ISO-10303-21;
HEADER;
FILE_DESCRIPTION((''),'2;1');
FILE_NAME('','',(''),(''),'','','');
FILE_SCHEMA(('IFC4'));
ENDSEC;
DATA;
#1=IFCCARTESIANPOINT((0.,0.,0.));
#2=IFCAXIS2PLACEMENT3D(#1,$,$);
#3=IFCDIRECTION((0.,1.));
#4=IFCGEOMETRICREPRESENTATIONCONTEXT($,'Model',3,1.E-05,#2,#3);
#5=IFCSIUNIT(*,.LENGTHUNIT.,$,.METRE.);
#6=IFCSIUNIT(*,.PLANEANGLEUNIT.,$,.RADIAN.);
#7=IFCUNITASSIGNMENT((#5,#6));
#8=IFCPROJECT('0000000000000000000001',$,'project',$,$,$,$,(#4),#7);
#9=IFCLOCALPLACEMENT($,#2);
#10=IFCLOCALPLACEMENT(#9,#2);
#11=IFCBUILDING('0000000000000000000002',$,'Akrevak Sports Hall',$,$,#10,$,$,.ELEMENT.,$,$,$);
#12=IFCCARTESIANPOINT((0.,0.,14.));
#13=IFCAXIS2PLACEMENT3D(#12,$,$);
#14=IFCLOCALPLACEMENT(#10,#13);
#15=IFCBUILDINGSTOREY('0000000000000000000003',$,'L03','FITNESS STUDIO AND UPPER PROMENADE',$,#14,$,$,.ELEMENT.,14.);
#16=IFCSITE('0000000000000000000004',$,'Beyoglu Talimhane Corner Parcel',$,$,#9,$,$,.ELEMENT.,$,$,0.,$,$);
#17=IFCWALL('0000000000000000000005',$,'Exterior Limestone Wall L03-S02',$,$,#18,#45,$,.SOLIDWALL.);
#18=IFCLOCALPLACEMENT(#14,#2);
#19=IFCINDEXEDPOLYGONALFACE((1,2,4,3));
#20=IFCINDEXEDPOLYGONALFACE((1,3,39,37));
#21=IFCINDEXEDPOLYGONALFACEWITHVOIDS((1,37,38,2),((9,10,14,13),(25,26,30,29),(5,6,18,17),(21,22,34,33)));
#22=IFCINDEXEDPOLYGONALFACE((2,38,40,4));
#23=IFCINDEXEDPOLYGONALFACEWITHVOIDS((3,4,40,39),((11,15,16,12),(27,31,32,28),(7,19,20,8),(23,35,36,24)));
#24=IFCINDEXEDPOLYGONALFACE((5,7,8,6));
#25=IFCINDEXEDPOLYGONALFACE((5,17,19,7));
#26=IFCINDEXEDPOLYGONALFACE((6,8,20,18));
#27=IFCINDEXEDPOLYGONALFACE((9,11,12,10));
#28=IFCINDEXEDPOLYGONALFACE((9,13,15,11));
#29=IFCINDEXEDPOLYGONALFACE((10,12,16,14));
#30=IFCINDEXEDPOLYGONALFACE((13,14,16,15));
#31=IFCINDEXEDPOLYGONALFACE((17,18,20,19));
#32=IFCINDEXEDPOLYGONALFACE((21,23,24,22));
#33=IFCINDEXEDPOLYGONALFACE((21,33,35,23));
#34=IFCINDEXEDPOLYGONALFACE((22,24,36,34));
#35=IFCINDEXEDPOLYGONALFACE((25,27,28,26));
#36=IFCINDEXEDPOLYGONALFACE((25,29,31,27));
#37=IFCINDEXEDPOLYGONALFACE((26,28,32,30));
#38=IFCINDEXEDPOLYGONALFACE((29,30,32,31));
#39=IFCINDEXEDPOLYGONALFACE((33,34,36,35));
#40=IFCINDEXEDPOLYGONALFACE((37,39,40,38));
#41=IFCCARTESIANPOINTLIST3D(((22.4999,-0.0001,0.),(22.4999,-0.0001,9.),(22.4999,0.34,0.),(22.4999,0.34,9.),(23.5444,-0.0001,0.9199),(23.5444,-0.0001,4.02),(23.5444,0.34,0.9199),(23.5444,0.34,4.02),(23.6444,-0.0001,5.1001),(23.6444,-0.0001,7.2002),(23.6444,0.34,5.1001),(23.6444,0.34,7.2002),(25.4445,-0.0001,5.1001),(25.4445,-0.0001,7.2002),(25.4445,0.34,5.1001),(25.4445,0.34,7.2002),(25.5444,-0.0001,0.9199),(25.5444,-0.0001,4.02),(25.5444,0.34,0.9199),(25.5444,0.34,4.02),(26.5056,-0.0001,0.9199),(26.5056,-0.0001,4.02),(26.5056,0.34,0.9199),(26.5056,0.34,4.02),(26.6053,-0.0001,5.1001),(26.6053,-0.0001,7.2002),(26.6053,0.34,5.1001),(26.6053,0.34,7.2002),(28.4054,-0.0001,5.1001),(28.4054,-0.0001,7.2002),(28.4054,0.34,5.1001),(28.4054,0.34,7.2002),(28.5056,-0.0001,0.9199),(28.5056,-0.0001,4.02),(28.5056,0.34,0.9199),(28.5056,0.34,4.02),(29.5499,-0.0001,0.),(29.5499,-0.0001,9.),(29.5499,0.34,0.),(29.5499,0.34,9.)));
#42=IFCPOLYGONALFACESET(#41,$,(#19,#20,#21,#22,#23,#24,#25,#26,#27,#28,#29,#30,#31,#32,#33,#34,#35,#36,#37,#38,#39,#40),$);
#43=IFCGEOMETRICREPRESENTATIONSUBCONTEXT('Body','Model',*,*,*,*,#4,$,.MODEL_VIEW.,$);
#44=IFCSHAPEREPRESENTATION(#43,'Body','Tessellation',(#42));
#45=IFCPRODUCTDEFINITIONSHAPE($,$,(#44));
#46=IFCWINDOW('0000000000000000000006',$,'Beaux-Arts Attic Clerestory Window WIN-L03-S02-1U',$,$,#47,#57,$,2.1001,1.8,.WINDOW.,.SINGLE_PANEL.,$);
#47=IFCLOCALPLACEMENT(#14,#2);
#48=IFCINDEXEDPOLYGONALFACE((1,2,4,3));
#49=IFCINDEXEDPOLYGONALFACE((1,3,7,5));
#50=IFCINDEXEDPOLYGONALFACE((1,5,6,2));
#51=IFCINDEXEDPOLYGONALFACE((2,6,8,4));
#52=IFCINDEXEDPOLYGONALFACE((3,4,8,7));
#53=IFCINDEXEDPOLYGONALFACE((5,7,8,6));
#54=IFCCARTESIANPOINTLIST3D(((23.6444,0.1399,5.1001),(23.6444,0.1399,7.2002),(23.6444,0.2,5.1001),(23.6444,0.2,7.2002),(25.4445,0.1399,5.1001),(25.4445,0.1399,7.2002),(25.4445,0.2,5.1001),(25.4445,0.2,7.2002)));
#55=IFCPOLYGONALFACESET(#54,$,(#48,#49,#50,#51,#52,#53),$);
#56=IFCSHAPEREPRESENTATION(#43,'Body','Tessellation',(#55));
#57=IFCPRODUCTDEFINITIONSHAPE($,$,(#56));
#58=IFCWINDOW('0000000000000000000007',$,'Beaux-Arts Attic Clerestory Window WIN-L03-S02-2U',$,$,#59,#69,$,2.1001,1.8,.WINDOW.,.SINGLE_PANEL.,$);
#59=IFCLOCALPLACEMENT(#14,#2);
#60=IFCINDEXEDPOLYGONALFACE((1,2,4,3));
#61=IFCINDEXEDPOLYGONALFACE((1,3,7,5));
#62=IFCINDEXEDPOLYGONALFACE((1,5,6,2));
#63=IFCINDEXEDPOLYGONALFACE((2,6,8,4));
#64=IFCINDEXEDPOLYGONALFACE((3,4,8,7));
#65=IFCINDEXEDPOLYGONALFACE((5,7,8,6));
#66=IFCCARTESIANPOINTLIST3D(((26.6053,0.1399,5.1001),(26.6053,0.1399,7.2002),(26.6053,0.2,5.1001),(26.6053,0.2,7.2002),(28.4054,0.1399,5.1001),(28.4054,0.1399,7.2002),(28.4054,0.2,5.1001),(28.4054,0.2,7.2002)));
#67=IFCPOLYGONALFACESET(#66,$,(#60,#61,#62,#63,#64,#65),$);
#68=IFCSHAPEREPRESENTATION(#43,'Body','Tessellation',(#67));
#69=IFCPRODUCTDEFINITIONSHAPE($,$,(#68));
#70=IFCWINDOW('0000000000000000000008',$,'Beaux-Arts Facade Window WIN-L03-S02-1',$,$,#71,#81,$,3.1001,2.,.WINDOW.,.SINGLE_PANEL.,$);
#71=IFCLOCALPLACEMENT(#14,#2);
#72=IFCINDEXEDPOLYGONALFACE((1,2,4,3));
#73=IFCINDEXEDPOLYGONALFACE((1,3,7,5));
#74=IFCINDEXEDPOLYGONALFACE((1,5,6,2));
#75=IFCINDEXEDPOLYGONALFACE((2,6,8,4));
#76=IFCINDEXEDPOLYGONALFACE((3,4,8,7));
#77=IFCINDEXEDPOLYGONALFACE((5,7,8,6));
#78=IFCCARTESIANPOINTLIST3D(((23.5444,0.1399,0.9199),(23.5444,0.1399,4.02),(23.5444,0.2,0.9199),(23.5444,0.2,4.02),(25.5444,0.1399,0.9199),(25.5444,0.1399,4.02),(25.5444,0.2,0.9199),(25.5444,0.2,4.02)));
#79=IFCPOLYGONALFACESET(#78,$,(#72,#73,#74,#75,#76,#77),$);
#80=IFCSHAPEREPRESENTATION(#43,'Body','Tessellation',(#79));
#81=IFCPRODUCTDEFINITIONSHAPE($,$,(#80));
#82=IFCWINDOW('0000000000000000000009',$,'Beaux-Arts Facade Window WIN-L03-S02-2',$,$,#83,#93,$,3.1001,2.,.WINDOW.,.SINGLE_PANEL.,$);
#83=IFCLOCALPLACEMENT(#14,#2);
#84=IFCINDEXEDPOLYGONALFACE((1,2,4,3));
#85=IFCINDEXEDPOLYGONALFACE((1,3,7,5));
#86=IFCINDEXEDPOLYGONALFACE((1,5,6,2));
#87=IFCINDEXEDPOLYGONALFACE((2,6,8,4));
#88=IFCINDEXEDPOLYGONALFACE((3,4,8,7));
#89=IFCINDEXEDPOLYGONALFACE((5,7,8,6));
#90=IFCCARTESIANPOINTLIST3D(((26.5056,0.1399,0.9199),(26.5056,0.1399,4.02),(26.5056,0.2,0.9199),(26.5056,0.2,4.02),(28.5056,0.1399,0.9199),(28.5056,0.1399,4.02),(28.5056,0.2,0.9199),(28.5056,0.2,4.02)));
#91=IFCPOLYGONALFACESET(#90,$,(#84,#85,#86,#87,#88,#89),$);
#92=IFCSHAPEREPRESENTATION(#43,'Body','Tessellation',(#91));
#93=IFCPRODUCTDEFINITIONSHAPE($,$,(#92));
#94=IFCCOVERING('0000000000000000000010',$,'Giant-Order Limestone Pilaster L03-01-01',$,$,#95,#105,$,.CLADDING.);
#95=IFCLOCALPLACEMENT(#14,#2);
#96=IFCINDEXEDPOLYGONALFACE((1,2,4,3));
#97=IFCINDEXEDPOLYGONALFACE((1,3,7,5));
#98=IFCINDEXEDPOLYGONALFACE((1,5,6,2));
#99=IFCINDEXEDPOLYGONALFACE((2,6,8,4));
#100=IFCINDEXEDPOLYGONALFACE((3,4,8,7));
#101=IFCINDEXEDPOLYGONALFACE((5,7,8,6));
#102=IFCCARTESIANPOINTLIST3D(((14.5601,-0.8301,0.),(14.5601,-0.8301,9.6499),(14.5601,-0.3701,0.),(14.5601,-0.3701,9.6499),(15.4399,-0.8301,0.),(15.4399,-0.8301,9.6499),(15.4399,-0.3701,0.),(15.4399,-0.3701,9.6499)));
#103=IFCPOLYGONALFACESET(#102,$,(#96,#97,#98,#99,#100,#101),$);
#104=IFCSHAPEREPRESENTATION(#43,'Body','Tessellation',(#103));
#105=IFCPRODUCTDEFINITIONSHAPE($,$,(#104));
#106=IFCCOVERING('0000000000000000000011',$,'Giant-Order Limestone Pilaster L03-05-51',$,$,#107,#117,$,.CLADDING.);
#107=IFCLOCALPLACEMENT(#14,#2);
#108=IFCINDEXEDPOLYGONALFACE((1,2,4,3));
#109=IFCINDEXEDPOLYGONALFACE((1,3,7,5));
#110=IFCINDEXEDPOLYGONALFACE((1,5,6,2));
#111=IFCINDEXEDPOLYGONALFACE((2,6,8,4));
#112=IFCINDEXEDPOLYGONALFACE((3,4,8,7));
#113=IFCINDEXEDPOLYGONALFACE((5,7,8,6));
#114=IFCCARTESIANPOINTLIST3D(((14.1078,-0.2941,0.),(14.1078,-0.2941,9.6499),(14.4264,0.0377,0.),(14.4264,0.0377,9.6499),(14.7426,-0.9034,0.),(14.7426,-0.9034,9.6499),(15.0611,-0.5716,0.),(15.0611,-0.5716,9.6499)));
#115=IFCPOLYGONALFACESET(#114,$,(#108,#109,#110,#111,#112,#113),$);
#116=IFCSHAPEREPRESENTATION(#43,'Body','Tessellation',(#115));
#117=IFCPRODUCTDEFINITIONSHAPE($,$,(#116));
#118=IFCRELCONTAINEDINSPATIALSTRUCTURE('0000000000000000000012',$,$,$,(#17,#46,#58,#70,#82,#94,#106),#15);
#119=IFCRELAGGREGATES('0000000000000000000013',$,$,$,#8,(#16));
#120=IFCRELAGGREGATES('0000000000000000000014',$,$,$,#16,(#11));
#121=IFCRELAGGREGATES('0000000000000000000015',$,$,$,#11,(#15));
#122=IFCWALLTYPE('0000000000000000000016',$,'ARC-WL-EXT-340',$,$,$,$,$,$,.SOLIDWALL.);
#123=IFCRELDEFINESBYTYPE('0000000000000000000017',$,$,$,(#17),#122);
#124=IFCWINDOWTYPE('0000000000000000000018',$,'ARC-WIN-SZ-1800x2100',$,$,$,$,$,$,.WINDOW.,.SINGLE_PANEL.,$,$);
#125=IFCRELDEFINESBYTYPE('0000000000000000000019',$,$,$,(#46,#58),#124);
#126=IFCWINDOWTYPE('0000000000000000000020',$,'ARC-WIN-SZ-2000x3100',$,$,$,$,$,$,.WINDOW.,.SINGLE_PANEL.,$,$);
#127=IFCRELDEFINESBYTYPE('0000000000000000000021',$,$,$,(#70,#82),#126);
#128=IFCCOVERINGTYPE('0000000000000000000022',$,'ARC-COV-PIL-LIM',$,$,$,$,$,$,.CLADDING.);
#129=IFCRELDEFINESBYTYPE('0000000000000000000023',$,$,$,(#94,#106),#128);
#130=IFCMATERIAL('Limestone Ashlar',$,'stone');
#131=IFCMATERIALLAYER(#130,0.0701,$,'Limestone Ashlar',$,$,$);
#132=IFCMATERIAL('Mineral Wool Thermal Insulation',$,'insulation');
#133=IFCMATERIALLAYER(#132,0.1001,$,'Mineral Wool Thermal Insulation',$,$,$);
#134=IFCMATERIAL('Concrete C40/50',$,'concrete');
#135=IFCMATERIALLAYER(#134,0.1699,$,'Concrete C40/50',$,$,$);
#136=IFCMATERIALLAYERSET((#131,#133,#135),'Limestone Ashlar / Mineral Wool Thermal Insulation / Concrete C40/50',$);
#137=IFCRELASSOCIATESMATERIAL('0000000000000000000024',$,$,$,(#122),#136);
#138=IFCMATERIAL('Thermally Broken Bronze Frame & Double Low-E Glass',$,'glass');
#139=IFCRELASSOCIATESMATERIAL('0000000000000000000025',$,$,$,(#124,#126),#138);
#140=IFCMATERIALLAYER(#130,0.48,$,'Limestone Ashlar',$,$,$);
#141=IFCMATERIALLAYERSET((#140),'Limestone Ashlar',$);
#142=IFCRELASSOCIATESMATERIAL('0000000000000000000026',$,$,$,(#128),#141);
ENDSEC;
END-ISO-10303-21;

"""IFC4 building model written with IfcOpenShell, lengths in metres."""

from ifc_helpers import new_model, si_unit, direction, frame, frame_2d, origin, origin_2d, place, context, subcontext, project, spatial, rectangle, extrude, material, layer, layer_set, type_object, element, fill, save


model = new_model("IFC4")

# Units and contexts
model_context = context("Model", 3, precision=1e-05, world=origin(), true_north=direction((0.0, 1.0)))
body_context = subcontext(model_context, "Body", "Model", "MODEL_VIEW")
ifc_project = project(units=[si_unit("LENGTHUNIT", "METRE"), si_unit("PLANEANGLEUNIT", "RADIAN")], contexts=[model_context])

# Site, building, storey
site_placement = place(None, origin())
site = spatial("IfcSite", under=ifc_project, at=site_placement, Name="Beyoglu Talimhane Corner Parcel", CompositionType="ELEMENT", RefElevation=0.0)
building_placement = place(site_placement, origin())
building = spatial("IfcBuilding", under=site, at=building_placement, Name="Akrevak Sports Hall", CompositionType="ELEMENT")
storey_placement = place(building_placement, frame((0.0, 0.0, 14.0)))
storey = spatial("IfcBuildingStorey", under=building, at=storey_placement, Name="L03", Description="FITNESS STUDIO AND UPPER PROMENADE", CompositionType="ELEMENT", Elevation=14.0)

# Shared definitions
ifc_material_1 = material(Name="Concrete C40/50", Category="concrete")

# Wall, openings, windows
ifc_material_2 = material(Name="Limestone Ashlar", Category="stone")
ifc_layer_1 = layer(ifc_material_2, 0.0701, Name="Limestone Ashlar")
ifc_material_3 = material(Name="Mineral Wool Thermal Insulation", Category="insulation")
ifc_layer_2 = layer(ifc_material_3, 0.1001, Name="Mineral Wool Thermal Insulation")
ifc_layer_3 = layer(ifc_material_1, 0.1699, Name="Concrete C40/50")
ifc_layer_set_1 = layer_set([ifc_layer_1, ifc_layer_2, ifc_layer_3], Name="Limestone Ashlar / Mineral Wool Thermal Insulation / Concrete C40/50")
wall_type = type_object("IfcWallType", Name="ARC-WL-EXT-340", PredefinedType="SOLIDWALL", material=ifc_layer_set_1)
ifc_material_4 = material(Name="Thermally Broken Bronze Frame & Double Low-E Glass", Category="glass")
window_type_1 = type_object("IfcWindowType", Name="ARC-WIN-SZ-1800x2100", PartitioningType="SINGLE_PANEL", PredefinedType="WINDOW", material=ifc_material_4)
window_type_2 = type_object("IfcWindowType", Name="ARC-WIN-SZ-2000x3100", PartitioningType="SINGLE_PANEL", PredefinedType="WINDOW", material=ifc_material_4)
wall_1_placement = place(storey_placement, frame((22.5, 0.1699, 0.0), z_axis=(0.0, 0.0, 1.0), x_axis=(1.0, 0.0, 0.0)))
wall_1 = element("IfcWall", 1, at=wall_1_placement, inside=storey, type_object=wall_type, Name="Exterior Limestone Wall L03-S02", PredefinedType="SOLIDWALL", context=body_context, shape_type="SweptSolid", body=[
    extrude(rectangle(XDim=7.05, YDim=0.3401, at=frame_2d((3.5249, 0.0))), origin(), (0.0, 0.0, 1.0), 9.0),
])
opening_1_placement = place(wall_1_placement, frame((1.0444, 0.0, 0.9199)))
opening_1 = element("IfcOpeningElement", 2, at=opening_1_placement, cuts=wall_1, PredefinedType="OPENING", context=body_context, shape_type="SweptSolid", body=[
    extrude(rectangle(XDim=2.0, YDim=3.1001, at=frame_2d((1.0, 1.55))), frame((0.0, 0.1821, 0.0), z_axis=(0.0, -1.0, 0.0), x_axis=(1.0, 0.0, 0.0)), (0.0, 0.0, 1.0), 0.364),
])
opening_2_placement = place(wall_1_placement, frame((1.1445, 0.0, 5.1001)))
opening_2 = element("IfcOpeningElement", 3, at=opening_2_placement, cuts=wall_1, PredefinedType="OPENING", context=body_context, shape_type="SweptSolid", body=[
    extrude(rectangle(XDim=1.8, YDim=2.1001, at=frame_2d((0.8999, 1.05))), frame((0.0, 0.1821, 0.0), z_axis=(0.0, -1.0, 0.0), x_axis=(1.0, 0.0, 0.0)), (0.0, 0.0, 1.0), 0.364),
])
opening_3_placement = place(wall_1_placement, frame((4.0056, 0.0, 0.9199)))
opening_3 = element("IfcOpeningElement", 4, at=opening_3_placement, cuts=wall_1, PredefinedType="OPENING", context=body_context, shape_type="SweptSolid", body=[
    extrude(rectangle(XDim=2.0, YDim=3.1001, at=frame_2d((1.0, 1.55))), frame((0.0, 0.1821, 0.0), z_axis=(0.0, -1.0, 0.0), x_axis=(1.0, 0.0, 0.0)), (0.0, 0.0, 1.0), 0.364),
])
opening_4_placement = place(wall_1_placement, frame((4.1055, 0.0, 5.1001)))
opening_4 = element("IfcOpeningElement", 5, at=opening_4_placement, cuts=wall_1, PredefinedType="OPENING", context=body_context, shape_type="SweptSolid", body=[
    extrude(rectangle(XDim=1.8, YDim=2.1001, at=frame_2d((0.8999, 1.05))), frame((0.0, 0.1821, 0.0), z_axis=(0.0, -1.0, 0.0), x_axis=(1.0, 0.0, 0.0)), (0.0, 0.0, 1.0), 0.364),
])
window_1_placement = place(opening_2_placement, origin())
window_1 = element("IfcWindow", 6, at=window_1_placement, inside=storey, type_object=window_type_1, Name="Beaux-Arts Attic Clerestory Window WIN-L03-S02-1U", OverallHeight=2.1001, OverallWidth=1.8, PartitioningType="SINGLE_PANEL", PredefinedType="WINDOW", context=body_context, shape_type="SweptSolid", body=[
    extrude(rectangle(XDim=1.8, YDim=2.1001, at=frame_2d((0.8999, 1.05))), frame((0.0, 0.03, 0.0), z_axis=(0.0, -1.0, 0.0), x_axis=(1.0, 0.0, 0.0)), (0.0, 0.0, 1.0), 0.0601),
])
fill(opening_2, window_1)
window_2_placement = place(opening_4_placement, origin())
window_2 = element("IfcWindow", 7, at=window_2_placement, inside=storey, type_object=window_type_1, Name="Beaux-Arts Attic Clerestory Window WIN-L03-S02-2U", OverallHeight=2.1001, OverallWidth=1.8, PartitioningType="SINGLE_PANEL", PredefinedType="WINDOW", context=body_context, shape_type="SweptSolid", body=[
    extrude(rectangle(XDim=1.8, YDim=2.1001, at=frame_2d((0.8999, 1.05))), frame((0.0, 0.03, 0.0), z_axis=(0.0, -1.0, 0.0), x_axis=(1.0, 0.0, 0.0)), (0.0, 0.0, 1.0), 0.0601),
])
fill(opening_4, window_2)
window_3_placement = place(opening_1_placement, origin())
window_3 = element("IfcWindow", 8, at=window_3_placement, inside=storey, type_object=window_type_2, Name="Beaux-Arts Facade Window WIN-L03-S02-1", OverallHeight=3.1001, OverallWidth=2.0, PartitioningType="SINGLE_PANEL", PredefinedType="WINDOW", context=body_context, shape_type="SweptSolid", body=[
    extrude(rectangle(XDim=2.0, YDim=3.1001, at=frame_2d((1.0, 1.55))), frame((0.0, 0.03, 0.0), z_axis=(0.0, -1.0, 0.0), x_axis=(1.0, 0.0, 0.0)), (0.0, 0.0, 1.0), 0.0601),
])
fill(opening_1, window_3)
window_4_placement = place(opening_3_placement, origin())
window_4 = element("IfcWindow", 9, at=window_4_placement, inside=storey, type_object=window_type_2, Name="Beaux-Arts Facade Window WIN-L03-S02-2", OverallHeight=3.1001, OverallWidth=2.0, PartitioningType="SINGLE_PANEL", PredefinedType="WINDOW", context=body_context, shape_type="SweptSolid", body=[
    extrude(rectangle(XDim=2.0, YDim=3.1001, at=frame_2d((1.0, 1.55))), frame((0.0, 0.03, 0.0), z_axis=(0.0, -1.0, 0.0), x_axis=(1.0, 0.0, 0.0)), (0.0, 0.0, 1.0), 0.0601),
])
fill(opening_3, window_4)

# Coverings
ifc_layer_4 = layer(ifc_material_2, 0.48, Name="Limestone Ashlar")
ifc_layer_set_2 = layer_set([ifc_layer_4], Name="Limestone Ashlar")
covering_type = type_object("IfcCoveringType", Name="ARC-COV-PIL-LIM", PredefinedType="CLADDING", material=ifc_layer_set_2)
for number, where, z_axis, x_axis, name in (
    (10, (15.0, -0.6001, 0.0), (0.0, 0.0, 1.0), (1.0, 0.0, 0.0), "Giant-Order Limestone Pilaster L03-01-01"),
    (11, (14.5845, -0.4329, 0.0), (0.0, 0.0, 1.0), (0.721386, -0.692534, 0.0), "Giant-Order Limestone Pilaster L03-05-51"),
):
    element("IfcCovering", number, at=place(storey_placement, frame(where, z_axis=z_axis, x_axis=x_axis)), inside=storey, type_object=covering_type, Name=name, PredefinedType="CLADDING", context=body_context, shape_type="SweptSolid", body=[
        extrude(rectangle(XDim=0.8799, YDim=0.46, at=origin_2d()), origin(), (0.0, 0.0, 1.0), 9.6499),
    ])

save(model, "model.ifc")
